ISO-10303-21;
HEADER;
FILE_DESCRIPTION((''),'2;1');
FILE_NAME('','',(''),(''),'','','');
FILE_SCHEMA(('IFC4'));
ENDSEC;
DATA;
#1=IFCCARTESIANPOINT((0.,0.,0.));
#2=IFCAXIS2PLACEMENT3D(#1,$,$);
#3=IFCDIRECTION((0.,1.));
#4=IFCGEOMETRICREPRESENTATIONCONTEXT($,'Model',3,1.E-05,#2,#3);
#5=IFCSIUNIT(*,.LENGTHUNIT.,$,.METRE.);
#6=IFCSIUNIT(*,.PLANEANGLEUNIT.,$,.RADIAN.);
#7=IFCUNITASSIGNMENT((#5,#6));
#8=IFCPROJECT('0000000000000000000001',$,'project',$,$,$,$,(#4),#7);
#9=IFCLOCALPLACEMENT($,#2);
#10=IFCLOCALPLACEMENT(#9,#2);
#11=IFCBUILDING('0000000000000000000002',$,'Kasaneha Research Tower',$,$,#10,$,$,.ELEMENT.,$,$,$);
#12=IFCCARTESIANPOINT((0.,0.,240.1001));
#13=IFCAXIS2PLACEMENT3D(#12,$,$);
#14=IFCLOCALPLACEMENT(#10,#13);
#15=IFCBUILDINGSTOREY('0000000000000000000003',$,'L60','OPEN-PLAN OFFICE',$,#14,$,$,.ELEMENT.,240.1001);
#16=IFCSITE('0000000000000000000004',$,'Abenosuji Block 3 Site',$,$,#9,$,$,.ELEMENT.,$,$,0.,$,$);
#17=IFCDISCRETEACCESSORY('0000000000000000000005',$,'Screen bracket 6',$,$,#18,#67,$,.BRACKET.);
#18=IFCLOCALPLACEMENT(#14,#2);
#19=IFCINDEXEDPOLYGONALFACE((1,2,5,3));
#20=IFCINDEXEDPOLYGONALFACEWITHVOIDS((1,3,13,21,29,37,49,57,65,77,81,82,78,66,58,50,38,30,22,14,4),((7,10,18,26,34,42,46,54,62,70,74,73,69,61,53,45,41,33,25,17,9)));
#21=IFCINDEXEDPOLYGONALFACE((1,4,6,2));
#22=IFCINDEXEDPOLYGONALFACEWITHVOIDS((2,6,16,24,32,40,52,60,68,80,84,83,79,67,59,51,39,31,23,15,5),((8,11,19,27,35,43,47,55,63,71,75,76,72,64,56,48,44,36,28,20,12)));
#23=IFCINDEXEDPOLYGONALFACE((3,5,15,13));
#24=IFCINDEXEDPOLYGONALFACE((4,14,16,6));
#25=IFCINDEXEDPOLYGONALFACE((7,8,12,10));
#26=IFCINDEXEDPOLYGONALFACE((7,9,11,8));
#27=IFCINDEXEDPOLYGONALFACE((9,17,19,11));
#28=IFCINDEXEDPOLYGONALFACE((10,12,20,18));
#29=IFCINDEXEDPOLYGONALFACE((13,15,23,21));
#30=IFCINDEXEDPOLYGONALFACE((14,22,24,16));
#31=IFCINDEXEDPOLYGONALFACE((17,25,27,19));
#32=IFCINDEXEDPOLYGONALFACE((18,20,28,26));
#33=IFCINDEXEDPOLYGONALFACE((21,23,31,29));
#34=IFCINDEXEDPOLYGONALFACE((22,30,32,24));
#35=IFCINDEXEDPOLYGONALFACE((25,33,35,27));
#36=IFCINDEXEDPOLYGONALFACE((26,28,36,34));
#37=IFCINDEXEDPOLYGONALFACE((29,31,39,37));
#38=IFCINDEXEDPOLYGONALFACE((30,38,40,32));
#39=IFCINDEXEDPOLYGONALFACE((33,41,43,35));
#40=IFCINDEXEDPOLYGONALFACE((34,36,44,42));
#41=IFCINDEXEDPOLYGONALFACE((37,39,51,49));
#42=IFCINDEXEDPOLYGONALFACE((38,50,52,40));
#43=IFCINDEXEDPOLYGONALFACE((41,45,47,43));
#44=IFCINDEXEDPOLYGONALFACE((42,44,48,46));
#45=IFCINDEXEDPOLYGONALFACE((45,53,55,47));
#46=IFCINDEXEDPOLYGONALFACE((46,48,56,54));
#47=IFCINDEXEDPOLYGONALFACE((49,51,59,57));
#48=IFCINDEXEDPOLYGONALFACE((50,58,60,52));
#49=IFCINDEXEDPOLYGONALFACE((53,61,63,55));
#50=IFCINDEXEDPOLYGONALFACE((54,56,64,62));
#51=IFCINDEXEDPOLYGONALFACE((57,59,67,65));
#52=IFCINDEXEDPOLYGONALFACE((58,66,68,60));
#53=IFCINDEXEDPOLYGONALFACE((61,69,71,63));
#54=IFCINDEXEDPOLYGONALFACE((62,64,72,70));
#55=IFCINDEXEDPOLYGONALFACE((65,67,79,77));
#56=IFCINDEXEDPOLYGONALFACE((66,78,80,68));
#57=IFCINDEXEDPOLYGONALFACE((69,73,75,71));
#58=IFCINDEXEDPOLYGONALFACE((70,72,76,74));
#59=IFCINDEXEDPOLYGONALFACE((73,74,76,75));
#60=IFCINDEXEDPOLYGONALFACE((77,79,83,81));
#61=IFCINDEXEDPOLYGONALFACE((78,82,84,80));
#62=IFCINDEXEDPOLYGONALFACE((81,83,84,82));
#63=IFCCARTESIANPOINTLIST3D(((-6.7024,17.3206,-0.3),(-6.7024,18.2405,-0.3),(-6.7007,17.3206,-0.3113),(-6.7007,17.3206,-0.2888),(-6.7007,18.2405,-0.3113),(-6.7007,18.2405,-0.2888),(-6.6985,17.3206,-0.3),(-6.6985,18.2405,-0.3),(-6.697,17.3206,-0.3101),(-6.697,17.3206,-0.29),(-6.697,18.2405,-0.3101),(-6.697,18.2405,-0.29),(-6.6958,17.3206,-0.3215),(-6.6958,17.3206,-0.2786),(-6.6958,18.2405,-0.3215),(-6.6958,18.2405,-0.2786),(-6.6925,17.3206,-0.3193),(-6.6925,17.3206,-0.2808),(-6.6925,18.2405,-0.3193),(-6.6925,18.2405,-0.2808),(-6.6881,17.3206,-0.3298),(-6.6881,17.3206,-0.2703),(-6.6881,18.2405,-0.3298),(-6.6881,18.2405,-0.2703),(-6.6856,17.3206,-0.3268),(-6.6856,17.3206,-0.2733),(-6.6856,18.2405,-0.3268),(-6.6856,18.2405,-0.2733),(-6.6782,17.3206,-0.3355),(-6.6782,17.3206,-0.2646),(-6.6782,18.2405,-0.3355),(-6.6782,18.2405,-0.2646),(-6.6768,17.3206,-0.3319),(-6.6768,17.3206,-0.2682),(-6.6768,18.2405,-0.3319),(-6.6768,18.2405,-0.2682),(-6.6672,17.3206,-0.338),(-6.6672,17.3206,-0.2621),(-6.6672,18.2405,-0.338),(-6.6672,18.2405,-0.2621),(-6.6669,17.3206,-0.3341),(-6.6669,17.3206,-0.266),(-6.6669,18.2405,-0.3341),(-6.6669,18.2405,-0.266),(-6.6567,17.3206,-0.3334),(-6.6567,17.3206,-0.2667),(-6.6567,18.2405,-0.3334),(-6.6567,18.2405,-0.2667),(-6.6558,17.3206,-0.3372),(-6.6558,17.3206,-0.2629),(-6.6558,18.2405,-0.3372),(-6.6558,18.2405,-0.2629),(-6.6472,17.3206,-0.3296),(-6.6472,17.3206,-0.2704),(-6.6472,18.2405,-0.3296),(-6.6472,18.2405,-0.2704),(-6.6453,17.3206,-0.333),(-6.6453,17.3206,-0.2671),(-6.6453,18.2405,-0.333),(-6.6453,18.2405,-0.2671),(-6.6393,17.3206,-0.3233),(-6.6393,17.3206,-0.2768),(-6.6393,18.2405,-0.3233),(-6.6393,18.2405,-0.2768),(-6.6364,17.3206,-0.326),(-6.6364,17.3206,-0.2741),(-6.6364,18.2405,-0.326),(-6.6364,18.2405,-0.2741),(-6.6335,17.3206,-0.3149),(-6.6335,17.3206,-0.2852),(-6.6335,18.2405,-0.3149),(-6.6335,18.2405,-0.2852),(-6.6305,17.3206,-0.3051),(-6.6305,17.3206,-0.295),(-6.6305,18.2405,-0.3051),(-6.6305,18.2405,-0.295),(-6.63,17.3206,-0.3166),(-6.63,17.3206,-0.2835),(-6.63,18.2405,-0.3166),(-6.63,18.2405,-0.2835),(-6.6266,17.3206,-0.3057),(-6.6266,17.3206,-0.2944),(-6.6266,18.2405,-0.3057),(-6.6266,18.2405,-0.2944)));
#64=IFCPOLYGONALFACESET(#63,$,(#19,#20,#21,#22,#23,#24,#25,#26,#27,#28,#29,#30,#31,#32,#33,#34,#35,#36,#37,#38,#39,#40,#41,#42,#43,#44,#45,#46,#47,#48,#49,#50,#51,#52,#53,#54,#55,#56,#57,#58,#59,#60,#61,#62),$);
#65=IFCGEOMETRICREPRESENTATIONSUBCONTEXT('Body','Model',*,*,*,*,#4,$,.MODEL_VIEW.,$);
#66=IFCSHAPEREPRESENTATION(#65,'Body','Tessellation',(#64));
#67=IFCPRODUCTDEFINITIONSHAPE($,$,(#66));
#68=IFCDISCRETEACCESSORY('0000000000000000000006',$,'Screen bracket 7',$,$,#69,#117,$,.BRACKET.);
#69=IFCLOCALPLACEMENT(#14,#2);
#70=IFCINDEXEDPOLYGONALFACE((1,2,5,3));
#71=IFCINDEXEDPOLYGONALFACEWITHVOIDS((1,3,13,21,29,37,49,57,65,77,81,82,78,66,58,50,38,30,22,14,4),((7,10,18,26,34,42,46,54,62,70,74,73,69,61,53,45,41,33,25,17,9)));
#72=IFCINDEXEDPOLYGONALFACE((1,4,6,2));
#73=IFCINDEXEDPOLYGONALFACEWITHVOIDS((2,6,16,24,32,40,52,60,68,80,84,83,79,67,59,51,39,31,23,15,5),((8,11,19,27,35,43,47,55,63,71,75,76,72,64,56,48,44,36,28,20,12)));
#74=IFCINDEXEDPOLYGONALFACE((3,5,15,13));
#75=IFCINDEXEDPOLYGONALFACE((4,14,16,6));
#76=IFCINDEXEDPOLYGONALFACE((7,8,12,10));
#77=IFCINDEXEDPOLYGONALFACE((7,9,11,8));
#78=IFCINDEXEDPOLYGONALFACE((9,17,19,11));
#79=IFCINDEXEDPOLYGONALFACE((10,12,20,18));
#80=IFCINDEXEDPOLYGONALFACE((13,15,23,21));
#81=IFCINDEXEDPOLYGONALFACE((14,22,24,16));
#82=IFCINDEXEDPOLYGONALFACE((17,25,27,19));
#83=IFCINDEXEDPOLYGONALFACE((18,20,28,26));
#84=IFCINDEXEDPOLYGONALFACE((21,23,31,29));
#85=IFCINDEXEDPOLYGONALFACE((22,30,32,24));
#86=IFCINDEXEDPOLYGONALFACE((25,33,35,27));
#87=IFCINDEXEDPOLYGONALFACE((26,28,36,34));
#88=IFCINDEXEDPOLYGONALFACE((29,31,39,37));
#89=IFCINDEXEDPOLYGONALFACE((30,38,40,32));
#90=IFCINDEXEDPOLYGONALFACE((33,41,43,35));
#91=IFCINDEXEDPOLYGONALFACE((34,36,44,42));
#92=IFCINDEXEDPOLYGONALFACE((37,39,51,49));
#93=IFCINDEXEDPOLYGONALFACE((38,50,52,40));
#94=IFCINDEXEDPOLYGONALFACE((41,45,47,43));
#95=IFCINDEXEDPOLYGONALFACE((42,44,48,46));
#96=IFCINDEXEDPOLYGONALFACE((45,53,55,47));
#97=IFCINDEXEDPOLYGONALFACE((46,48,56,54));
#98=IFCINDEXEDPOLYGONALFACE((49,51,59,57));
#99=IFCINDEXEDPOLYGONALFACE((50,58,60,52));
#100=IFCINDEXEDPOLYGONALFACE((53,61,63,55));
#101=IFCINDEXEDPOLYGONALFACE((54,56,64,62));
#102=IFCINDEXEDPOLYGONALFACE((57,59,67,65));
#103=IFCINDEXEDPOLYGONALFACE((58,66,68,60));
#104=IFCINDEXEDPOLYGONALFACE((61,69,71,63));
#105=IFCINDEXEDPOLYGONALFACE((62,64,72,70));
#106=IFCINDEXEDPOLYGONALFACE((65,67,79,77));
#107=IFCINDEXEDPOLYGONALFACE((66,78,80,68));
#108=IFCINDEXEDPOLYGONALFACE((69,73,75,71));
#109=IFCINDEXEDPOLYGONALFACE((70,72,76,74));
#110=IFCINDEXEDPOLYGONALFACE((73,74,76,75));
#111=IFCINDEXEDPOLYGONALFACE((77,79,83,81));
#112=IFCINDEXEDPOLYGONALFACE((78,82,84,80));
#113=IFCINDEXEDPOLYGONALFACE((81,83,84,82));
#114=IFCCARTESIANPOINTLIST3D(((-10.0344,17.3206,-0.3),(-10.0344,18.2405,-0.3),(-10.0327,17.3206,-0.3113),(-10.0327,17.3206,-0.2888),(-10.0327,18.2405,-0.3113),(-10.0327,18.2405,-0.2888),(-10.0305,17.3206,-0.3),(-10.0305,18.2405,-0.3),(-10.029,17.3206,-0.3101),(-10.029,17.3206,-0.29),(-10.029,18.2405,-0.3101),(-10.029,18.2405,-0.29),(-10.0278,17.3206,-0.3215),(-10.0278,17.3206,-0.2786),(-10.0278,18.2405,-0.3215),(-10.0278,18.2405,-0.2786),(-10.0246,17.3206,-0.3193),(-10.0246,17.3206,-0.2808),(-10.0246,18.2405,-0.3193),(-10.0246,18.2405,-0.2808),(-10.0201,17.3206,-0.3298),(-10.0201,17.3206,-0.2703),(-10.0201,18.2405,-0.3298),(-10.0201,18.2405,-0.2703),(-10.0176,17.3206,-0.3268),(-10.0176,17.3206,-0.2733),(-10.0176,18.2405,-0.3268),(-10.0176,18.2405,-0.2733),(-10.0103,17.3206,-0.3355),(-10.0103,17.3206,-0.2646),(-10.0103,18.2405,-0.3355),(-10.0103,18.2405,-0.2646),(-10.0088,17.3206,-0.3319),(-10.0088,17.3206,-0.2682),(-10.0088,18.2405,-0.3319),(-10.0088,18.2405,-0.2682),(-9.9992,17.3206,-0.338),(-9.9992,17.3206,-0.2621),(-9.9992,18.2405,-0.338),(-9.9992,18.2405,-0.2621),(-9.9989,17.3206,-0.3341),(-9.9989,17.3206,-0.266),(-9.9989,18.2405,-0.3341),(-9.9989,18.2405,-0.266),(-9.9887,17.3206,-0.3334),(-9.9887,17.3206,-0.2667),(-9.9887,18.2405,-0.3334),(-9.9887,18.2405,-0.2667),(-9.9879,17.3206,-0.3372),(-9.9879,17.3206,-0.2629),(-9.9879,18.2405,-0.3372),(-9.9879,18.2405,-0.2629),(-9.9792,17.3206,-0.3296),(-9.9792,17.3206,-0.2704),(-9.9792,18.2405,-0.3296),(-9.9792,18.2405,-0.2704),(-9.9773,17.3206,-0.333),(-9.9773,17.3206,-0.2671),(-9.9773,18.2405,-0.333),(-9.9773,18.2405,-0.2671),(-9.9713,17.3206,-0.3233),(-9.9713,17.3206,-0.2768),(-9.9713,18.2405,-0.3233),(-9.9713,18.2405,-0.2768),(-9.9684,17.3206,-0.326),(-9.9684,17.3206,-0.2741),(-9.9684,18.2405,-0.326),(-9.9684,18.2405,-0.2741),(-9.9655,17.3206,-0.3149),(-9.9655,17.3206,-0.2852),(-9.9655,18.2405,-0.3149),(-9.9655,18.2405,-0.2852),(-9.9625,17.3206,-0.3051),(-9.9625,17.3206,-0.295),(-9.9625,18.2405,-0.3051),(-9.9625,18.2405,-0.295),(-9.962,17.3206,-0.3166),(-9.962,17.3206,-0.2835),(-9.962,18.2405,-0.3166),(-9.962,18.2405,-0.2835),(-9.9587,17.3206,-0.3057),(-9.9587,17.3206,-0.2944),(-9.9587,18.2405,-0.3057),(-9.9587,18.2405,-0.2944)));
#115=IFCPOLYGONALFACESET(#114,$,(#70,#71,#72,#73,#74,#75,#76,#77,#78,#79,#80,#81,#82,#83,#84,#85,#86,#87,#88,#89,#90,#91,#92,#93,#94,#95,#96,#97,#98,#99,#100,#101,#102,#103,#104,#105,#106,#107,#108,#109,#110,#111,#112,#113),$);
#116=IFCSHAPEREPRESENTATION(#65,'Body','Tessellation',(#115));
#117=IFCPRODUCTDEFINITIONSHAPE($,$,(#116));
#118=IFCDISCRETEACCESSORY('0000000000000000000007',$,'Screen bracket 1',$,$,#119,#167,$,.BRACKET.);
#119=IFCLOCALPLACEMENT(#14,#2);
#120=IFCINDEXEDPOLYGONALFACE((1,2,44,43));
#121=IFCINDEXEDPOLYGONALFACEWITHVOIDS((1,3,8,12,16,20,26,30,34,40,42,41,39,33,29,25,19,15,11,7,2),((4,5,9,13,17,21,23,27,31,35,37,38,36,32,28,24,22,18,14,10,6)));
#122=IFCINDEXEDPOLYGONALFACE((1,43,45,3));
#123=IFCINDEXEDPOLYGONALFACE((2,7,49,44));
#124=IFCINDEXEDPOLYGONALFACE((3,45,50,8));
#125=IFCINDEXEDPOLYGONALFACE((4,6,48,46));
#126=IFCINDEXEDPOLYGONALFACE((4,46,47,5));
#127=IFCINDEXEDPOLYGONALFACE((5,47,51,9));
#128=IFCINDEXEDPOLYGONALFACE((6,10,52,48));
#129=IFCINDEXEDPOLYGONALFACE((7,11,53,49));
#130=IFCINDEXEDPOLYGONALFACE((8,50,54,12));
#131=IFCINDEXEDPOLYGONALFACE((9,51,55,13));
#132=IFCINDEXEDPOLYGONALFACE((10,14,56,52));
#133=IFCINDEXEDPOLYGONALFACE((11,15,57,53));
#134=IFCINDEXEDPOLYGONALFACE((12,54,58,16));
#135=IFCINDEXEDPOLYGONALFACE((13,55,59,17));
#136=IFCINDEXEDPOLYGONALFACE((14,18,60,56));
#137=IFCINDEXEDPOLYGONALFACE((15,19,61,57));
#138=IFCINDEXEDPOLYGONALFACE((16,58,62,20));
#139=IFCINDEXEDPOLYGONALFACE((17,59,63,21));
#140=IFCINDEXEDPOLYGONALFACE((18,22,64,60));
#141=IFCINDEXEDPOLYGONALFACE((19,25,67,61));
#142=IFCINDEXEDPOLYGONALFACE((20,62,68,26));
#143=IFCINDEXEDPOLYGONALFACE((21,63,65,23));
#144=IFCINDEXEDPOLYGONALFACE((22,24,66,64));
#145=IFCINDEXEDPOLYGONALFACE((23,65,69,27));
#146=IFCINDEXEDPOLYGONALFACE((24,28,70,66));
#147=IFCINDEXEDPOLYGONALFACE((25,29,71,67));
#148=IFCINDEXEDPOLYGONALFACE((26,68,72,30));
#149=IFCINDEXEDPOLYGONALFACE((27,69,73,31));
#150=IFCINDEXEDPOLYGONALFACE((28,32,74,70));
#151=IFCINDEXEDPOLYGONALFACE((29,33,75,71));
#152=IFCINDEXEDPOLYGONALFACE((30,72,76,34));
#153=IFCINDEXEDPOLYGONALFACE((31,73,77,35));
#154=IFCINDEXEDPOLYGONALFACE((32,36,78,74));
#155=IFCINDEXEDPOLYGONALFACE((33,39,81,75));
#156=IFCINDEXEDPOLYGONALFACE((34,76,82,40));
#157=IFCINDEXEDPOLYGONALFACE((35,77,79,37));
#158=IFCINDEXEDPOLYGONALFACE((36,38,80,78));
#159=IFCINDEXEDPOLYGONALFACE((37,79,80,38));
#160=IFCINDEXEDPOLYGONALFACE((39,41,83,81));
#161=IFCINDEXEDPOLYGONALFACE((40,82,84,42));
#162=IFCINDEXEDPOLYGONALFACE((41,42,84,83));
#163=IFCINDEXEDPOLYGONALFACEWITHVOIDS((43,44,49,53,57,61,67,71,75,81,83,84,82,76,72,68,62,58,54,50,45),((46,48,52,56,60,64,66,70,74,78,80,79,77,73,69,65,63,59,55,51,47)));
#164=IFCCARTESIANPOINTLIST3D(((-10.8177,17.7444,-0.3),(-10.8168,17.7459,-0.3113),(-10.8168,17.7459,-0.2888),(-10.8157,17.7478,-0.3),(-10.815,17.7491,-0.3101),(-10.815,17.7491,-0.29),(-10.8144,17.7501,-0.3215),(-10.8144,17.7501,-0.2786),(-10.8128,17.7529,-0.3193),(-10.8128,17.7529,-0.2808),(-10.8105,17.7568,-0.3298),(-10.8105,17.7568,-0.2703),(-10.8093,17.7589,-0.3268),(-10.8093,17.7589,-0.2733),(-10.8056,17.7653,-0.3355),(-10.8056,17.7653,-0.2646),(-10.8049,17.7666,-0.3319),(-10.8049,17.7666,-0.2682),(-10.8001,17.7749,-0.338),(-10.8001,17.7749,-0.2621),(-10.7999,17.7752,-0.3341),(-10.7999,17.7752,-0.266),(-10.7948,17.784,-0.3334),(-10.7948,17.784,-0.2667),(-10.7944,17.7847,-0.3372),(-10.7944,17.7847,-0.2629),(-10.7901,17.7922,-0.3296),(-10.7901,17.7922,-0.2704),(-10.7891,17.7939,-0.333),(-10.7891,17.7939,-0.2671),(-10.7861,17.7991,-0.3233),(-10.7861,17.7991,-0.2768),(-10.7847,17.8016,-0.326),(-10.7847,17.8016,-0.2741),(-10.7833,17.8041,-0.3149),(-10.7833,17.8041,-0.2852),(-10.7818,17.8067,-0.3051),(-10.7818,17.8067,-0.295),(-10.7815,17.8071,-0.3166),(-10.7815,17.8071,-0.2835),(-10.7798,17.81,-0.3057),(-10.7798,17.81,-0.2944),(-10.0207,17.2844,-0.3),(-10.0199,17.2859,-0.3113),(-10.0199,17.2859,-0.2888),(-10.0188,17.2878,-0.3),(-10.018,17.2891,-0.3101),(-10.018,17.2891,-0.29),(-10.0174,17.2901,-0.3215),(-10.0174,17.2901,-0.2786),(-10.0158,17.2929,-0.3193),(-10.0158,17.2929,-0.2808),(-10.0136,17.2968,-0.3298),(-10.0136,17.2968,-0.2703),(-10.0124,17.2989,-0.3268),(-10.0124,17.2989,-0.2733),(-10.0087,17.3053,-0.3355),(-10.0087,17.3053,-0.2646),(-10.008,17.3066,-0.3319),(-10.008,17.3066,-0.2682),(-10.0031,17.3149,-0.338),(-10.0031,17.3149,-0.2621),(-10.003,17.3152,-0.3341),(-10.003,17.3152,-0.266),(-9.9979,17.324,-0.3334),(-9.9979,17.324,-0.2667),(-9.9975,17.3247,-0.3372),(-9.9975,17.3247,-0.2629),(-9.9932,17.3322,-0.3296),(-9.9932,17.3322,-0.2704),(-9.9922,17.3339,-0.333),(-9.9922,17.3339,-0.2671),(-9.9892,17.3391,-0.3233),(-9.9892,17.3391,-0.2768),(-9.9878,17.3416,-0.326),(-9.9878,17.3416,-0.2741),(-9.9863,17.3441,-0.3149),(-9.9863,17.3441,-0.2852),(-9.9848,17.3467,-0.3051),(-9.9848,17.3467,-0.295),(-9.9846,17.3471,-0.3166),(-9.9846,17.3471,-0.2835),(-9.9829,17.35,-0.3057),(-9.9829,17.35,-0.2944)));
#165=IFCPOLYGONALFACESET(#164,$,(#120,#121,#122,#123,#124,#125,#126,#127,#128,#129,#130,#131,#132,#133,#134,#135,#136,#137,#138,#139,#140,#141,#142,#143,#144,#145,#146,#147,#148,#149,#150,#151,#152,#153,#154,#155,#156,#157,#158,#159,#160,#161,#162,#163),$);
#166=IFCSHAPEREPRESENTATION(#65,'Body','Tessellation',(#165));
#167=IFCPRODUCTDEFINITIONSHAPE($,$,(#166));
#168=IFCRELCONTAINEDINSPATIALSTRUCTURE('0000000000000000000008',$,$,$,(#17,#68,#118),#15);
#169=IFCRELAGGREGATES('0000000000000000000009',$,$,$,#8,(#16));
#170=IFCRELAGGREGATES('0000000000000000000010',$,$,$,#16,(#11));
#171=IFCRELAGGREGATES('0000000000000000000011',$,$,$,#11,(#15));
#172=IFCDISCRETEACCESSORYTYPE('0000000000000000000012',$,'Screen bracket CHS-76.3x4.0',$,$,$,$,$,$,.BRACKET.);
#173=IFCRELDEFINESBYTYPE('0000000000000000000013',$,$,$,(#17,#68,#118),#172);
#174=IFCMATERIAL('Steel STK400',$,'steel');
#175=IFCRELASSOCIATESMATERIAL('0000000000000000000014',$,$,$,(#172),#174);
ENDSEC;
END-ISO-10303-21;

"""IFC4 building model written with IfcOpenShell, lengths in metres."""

from ifc_helpers import new_model, si_unit, direction, frame, origin, origin_2d, place, context, subcontext, project, spatial, hollow_circle, extrude, material, material_profile, profile_set, type_object, element, save


model = new_model("IFC4")

# Units and contexts
model_context = context("Model", 3, precision=1e-05, world=origin(), true_north=direction((0.0, 1.0)))
body_context = subcontext(model_context, "Body", "Model", "MODEL_VIEW")
ifc_project = project(units=[si_unit("LENGTHUNIT", "METRE"), si_unit("PLANEANGLEUNIT", "RADIAN")], contexts=[model_context])

# Site, building, storey
site_placement = place(None, origin())
site = spatial("IfcSite", under=ifc_project, at=site_placement, Name="Abenosuji Block 3 Site", CompositionType="ELEMENT", RefElevation=0.0)
building_placement = place(site_placement, origin())
building = spatial("IfcBuilding", under=site, at=building_placement, Name="Kasaneha Research Tower", CompositionType="ELEMENT")
storey_placement = place(building_placement, frame((0.0, 0.0, 240.1001)))
storey = spatial("IfcBuildingStorey", under=building, at=storey_placement, Name="L60", Description="OPEN-PLAN OFFICE", CompositionType="ELEMENT", Elevation=240.1001)

# Discrete accessories
ifc_material_1 = material(Name="Steel STK400", Category="steel")
ifc_material_profile_1 = material_profile(ifc_material_1, hollow_circle(Radius=0.0381, WallThickness=0.0039, at=origin_2d()), Name="CHS-76.3x4.0")
ifc_profile_set_1 = profile_set([ifc_material_profile_1], Name="Steel STK400")
discrete_accessory_type = type_object("IfcDiscreteAccessoryType", Name="Screen bracket CHS-76.3x4.0", PredefinedType="BRACKET", material=ifc_profile_set_1)
for number, where, z_axis, x_axis, name in (
    (1, (-6.6643, 17.3206, -0.3), (0.0, 1.0, 0.0), (-1.0, 0.0, 0.0), "Screen bracket 6"),
    (2, (-9.9963, 17.3206, -0.3), (0.0, 1.0, 0.0), (-1.0, 0.0, 0.0), "Screen bracket 7"),
):
    element("IfcDiscreteAccessory", number, at=place(storey_placement, frame(where, z_axis=z_axis, x_axis=x_axis)), inside=storey, type_object=discrete_accessory_type, Name=name, PredefinedType="BRACKET", context=body_context, shape_type="SweptSolid", body=[
        extrude(hollow_circle(Radius=0.0381, WallThickness=0.0039, at=origin_2d()), origin(), (0.0, 0.0, 1.0), 0.9199),
    ])
discrete_accessory_placement = place(storey_placement, frame((-10.0017, 17.3174, -0.3), z_axis=(-0.86608, 0.499906, 0.0), x_axis=(-0.499906, -0.86608, 0.0)))
element("IfcDiscreteAccessory", 3, at=discrete_accessory_placement, inside=storey, type_object=discrete_accessory_type, Name="Screen bracket 1", PredefinedType="BRACKET", context=body_context, shape_type="SweptSolid", body=[
    extrude(hollow_circle(Radius=0.0381, WallThickness=0.0039, at=origin_2d()), origin(), (0.0, 0.0, 1.0), 0.9202),
])

save(model, "model.ifc")
